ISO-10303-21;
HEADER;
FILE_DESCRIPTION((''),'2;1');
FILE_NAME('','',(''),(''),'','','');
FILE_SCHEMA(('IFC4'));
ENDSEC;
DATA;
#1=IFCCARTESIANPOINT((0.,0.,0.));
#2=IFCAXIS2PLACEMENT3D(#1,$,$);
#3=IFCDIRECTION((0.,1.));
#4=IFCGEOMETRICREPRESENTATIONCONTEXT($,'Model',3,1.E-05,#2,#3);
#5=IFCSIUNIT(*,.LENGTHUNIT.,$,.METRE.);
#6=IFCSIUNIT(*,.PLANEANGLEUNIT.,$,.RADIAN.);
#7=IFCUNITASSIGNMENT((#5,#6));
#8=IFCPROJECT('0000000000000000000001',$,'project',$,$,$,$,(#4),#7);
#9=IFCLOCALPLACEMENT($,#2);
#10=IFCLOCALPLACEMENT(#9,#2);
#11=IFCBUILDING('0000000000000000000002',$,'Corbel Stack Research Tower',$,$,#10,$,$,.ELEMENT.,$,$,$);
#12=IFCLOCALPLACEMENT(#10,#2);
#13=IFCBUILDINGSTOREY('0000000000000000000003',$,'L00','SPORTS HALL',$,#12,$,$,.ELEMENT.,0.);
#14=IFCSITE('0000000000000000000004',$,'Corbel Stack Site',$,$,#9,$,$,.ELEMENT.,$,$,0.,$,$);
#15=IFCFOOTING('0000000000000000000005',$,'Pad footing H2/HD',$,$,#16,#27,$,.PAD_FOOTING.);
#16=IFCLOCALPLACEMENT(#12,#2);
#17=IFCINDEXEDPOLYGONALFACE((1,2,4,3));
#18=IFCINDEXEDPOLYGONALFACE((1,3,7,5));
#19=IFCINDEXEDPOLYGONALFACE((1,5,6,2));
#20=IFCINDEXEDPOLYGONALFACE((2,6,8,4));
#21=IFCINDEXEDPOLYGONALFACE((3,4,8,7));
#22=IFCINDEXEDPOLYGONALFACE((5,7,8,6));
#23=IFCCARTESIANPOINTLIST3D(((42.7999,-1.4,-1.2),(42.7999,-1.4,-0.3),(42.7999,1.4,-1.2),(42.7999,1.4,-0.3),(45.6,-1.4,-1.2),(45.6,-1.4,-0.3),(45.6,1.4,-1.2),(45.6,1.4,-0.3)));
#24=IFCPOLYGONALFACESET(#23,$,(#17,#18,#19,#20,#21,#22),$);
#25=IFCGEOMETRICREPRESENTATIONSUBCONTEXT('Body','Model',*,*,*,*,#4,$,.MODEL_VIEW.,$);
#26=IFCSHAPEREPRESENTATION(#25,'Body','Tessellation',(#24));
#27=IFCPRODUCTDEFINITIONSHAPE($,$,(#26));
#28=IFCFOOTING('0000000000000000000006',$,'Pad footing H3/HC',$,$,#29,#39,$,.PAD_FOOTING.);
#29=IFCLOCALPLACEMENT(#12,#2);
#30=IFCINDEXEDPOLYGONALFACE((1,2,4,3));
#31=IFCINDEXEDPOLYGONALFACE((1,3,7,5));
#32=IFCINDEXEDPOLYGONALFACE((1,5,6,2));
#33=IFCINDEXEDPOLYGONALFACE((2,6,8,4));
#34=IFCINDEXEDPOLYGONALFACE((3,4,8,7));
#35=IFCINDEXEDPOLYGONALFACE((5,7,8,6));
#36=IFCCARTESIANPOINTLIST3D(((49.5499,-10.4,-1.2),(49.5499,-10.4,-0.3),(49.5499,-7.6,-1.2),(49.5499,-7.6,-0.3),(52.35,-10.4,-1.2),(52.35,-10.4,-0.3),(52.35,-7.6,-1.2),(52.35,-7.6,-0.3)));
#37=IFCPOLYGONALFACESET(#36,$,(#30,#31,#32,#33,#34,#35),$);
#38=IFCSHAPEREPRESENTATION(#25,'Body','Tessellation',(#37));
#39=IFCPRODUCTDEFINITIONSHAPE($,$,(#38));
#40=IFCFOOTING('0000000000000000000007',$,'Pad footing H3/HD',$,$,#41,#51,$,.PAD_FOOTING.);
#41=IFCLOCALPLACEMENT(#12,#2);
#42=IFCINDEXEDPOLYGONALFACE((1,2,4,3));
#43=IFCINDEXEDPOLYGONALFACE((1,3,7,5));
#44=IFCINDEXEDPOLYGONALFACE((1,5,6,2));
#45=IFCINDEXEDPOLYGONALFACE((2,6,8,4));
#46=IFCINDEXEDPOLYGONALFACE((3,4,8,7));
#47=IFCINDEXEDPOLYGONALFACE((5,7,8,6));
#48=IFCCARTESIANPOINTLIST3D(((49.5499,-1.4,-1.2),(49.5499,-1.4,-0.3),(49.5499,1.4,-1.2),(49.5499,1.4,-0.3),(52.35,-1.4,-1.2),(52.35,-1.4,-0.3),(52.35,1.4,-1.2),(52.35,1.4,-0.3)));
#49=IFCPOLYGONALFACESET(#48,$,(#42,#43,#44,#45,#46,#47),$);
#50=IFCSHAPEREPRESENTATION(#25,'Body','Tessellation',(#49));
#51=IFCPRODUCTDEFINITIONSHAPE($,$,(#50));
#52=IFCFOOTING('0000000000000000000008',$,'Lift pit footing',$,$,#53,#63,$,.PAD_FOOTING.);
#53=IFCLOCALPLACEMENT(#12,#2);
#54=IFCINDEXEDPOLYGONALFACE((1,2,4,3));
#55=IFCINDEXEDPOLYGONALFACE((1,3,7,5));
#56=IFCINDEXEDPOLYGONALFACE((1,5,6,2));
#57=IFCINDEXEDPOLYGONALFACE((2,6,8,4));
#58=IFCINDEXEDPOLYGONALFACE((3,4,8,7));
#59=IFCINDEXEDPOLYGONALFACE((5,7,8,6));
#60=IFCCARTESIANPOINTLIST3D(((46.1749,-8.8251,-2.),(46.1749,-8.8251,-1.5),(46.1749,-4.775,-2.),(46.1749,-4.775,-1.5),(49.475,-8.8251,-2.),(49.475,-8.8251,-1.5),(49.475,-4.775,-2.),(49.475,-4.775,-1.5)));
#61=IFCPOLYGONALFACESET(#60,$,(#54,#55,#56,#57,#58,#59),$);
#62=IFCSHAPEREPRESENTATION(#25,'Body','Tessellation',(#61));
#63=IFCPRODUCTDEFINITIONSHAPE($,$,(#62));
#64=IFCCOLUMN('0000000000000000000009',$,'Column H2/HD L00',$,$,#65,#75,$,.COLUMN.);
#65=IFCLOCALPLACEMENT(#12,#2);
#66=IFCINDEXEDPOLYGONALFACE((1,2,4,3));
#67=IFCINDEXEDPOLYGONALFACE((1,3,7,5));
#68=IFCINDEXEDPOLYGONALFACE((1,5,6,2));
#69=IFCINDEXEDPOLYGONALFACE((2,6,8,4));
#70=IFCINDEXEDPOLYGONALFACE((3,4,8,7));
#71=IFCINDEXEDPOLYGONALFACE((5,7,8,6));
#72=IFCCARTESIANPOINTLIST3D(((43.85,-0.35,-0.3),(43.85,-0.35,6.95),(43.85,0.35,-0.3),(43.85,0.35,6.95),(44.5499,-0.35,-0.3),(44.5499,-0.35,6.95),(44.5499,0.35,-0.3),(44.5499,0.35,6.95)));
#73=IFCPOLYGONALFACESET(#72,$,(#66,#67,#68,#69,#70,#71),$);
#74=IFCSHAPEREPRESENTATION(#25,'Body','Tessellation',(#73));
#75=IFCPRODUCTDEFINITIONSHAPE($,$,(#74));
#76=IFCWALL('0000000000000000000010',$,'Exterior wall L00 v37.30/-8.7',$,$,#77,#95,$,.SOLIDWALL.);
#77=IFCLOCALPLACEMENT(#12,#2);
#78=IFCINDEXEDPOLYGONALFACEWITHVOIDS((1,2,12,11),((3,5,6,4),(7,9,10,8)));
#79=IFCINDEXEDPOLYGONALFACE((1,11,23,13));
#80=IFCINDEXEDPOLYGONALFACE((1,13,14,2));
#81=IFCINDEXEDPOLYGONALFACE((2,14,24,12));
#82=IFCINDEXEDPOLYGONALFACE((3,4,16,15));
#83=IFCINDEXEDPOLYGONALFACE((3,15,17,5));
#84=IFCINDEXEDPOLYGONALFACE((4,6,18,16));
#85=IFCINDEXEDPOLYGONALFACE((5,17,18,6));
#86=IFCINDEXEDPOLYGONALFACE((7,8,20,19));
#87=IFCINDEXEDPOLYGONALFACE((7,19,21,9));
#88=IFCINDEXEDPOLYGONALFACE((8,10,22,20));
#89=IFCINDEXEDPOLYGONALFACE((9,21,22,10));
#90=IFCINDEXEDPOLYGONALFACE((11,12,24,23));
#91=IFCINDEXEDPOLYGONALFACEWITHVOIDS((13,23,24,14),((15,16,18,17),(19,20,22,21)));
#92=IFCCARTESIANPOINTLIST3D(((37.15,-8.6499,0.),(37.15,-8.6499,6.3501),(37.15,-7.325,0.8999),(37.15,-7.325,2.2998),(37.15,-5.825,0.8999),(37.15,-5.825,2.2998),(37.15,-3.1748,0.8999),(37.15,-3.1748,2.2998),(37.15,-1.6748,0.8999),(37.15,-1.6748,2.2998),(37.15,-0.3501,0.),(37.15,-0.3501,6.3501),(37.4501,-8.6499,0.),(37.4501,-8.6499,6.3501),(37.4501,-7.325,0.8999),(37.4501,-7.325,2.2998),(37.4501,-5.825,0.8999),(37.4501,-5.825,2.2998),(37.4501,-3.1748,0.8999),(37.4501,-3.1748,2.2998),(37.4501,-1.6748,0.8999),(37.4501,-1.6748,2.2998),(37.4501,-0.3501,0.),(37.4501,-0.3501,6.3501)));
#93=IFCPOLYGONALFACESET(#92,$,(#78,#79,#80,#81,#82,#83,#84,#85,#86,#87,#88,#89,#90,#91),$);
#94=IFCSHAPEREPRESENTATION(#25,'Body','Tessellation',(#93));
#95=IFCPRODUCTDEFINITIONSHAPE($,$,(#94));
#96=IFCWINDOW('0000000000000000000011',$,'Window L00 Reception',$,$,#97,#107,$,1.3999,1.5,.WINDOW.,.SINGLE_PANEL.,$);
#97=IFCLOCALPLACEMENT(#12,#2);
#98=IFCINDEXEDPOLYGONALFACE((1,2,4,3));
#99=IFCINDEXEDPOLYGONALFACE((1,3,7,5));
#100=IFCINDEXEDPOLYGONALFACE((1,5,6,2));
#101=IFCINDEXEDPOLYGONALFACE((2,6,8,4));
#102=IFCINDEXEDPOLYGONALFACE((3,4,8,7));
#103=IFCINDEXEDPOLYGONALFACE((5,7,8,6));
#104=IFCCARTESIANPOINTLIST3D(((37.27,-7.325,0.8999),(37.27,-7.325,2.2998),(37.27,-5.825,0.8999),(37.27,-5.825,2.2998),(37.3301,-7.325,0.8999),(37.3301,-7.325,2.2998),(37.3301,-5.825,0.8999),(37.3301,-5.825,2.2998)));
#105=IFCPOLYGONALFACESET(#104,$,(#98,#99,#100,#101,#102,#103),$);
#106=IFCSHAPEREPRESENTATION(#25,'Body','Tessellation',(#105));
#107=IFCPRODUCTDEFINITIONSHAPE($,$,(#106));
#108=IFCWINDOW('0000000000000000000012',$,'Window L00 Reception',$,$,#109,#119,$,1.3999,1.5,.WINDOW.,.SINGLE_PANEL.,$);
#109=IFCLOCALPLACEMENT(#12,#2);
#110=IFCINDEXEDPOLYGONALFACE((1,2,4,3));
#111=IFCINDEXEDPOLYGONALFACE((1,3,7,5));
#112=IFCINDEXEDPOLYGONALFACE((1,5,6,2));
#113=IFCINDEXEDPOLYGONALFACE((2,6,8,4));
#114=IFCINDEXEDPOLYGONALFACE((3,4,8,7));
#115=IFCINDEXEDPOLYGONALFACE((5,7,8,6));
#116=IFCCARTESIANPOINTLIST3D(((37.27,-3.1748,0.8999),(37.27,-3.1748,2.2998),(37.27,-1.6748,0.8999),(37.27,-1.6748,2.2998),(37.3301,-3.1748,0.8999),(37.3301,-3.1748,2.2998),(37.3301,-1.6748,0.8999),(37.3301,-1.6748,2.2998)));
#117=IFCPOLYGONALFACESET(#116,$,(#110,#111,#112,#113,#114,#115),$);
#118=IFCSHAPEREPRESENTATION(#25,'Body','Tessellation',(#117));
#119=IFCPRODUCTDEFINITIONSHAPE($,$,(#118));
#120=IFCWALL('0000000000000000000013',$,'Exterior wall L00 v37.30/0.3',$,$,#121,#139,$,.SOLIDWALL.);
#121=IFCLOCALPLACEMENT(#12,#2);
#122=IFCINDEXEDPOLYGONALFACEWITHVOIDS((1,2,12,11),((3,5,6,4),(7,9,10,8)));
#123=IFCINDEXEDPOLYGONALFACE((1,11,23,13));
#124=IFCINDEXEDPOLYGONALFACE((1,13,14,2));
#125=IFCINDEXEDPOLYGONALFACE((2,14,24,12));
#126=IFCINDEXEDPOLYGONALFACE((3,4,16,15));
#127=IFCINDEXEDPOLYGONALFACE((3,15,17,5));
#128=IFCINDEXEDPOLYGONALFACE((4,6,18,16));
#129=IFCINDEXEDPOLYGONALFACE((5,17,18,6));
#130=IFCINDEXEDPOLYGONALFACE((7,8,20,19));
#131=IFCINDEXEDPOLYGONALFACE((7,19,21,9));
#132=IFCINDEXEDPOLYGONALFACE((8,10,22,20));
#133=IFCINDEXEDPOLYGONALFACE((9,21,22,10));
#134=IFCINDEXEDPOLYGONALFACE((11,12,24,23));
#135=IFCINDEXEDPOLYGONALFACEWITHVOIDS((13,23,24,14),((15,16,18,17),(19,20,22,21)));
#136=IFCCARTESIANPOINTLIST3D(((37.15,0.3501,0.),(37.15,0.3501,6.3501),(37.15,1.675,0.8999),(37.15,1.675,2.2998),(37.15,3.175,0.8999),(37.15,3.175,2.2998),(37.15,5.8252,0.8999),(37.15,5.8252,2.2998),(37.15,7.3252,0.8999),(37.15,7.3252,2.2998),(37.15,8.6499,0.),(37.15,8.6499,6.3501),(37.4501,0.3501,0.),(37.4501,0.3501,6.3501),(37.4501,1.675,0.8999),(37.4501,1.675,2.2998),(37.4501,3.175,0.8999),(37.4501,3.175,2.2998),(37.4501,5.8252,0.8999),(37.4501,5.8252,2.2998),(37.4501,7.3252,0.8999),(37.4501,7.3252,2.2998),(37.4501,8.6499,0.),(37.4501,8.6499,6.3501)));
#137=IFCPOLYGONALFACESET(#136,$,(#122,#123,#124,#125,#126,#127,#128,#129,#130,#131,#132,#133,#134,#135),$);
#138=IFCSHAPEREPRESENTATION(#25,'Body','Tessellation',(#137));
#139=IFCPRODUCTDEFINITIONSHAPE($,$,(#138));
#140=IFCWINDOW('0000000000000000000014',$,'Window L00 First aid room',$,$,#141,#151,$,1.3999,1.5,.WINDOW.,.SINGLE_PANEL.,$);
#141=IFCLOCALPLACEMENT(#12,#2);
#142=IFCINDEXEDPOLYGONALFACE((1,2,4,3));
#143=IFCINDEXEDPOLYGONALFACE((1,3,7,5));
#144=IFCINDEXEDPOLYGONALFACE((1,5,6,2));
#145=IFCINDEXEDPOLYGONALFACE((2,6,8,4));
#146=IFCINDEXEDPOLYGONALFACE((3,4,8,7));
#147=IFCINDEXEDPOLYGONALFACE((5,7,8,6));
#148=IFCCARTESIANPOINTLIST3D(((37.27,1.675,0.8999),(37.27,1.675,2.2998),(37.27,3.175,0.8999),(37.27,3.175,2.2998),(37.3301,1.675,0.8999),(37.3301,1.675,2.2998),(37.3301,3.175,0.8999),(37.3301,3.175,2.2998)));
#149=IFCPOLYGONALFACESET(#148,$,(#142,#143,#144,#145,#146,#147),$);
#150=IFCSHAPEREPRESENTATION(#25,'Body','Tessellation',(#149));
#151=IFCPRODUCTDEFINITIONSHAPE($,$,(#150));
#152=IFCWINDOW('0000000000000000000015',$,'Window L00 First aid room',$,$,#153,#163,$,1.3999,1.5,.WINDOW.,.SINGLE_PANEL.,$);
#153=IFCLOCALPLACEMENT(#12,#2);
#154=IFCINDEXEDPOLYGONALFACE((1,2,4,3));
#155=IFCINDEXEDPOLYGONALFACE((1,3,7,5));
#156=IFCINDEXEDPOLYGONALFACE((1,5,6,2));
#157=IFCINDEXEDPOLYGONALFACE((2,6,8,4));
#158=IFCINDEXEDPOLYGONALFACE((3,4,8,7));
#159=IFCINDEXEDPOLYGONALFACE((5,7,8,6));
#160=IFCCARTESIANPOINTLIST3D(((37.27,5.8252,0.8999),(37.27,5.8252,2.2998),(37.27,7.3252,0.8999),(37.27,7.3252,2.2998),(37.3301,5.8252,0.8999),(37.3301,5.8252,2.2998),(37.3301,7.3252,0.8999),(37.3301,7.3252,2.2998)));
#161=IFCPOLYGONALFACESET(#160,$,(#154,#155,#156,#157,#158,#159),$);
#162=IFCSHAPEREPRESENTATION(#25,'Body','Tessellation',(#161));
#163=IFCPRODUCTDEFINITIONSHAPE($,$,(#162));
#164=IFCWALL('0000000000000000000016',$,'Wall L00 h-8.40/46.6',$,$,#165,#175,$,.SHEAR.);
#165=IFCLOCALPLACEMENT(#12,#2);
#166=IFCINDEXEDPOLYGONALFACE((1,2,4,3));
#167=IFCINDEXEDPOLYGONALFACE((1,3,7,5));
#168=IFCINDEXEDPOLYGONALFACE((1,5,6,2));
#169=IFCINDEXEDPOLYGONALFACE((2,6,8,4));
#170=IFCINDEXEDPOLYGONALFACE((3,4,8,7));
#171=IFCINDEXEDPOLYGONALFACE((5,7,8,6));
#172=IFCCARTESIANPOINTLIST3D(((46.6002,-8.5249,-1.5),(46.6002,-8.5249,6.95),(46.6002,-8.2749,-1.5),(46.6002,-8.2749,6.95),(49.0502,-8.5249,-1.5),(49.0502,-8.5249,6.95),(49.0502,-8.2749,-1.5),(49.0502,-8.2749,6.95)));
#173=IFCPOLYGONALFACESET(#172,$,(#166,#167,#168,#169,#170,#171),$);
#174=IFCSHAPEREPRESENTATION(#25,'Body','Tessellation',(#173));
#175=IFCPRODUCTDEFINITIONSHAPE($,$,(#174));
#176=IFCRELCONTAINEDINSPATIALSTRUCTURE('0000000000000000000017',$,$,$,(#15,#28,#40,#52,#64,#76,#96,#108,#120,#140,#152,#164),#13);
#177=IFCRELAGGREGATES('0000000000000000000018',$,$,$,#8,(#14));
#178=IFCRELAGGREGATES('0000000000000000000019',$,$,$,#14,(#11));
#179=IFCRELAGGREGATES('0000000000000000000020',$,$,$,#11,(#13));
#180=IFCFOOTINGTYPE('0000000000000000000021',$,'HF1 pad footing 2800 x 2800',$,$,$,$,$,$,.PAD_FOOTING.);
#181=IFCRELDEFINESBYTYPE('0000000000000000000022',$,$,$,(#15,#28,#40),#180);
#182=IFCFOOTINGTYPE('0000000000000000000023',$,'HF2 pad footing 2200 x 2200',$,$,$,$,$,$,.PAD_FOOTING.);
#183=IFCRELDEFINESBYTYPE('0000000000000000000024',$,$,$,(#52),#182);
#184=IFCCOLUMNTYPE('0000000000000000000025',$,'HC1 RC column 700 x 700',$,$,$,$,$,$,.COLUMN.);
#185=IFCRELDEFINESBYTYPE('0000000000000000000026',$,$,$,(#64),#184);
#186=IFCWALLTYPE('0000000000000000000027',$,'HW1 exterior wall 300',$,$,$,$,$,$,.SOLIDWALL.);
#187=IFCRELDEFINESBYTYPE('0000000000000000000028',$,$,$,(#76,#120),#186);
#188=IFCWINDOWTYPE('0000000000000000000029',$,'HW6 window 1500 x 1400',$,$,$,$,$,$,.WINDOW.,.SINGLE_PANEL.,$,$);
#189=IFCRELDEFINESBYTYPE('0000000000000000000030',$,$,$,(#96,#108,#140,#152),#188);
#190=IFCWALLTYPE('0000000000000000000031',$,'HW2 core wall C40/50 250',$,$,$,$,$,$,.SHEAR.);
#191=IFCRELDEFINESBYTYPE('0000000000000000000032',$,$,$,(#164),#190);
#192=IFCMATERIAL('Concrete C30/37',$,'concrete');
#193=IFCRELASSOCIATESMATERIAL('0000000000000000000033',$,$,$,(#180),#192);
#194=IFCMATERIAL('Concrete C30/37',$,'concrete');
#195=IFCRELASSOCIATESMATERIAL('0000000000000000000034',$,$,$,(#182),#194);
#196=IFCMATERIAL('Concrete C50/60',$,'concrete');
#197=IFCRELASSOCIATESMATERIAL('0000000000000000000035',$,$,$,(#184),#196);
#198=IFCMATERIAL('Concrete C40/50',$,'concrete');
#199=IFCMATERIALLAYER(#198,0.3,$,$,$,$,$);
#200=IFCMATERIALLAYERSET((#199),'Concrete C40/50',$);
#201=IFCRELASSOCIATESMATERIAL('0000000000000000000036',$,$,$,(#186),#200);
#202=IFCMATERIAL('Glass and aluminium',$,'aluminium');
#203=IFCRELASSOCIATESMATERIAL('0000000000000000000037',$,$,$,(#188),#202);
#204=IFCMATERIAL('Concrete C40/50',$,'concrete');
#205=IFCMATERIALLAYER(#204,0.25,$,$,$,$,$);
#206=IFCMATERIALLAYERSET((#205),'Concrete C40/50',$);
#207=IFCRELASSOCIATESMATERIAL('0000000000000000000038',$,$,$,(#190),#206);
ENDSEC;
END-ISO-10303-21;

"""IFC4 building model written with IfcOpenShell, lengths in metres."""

from ifc_helpers import new_model, si_unit, direction, frame, frame_2d, origin, origin_2d, place, context, subcontext, project, spatial, rectangle, extrude, material, layer, layer_set, material_profile, profile_set, type_object, element, fill, save


model = new_model("IFC4")

# Units and contexts
model_context = context("Model", 3, precision=1e-05, world=origin(), true_north=direction((0.0, 1.0)))
body_context = subcontext(model_context, "Body", "Model", "MODEL_VIEW")
ifc_project = project(units=[si_unit("LENGTHUNIT", "METRE"), si_unit("PLANEANGLEUNIT", "RADIAN")], contexts=[model_context])

# Site, building, storey
site_placement = place(None, origin())
site = spatial("IfcSite", under=ifc_project, at=site_placement, Name="Corbel Stack Site", CompositionType="ELEMENT", RefElevation=0.0)
building_placement = place(site_placement, origin())
building = spatial("IfcBuilding", under=site, at=building_placement, Name="Corbel Stack Research Tower", CompositionType="ELEMENT")
storey_placement = place(building_placement, origin())
storey = spatial("IfcBuildingStorey", under=building, at=storey_placement, Name="L00", Description="SPORTS HALL", CompositionType="ELEMENT", Elevation=0.0)

# Footings
ifc_material_1 = material(Name="Concrete C30/37", Category="concrete")
footing_type_1 = type_object("IfcFootingType", Name="HF1 pad footing 2800 x 2800", PredefinedType="PAD_FOOTING", material=ifc_material_1)
for number, where, z_axis, x_axis, name in (
    (1, (44.2, 0.0, -1.2), (0.0, 0.0, 1.0), (1.0, 0.0, 0.0), "Pad footing H2/HD"),
    (2, (50.95, -9.0, -1.2), (0.0, 0.0, 1.0), (1.0, 0.0, 0.0), "Pad footing H3/HC"),
    (3, (50.95, 0.0, -1.2), (0.0, 0.0, 1.0), (1.0, 0.0, 0.0), "Pad footing H3/HD"),
):
    element("IfcFooting", number, at=place(storey_placement, frame(where, z_axis=z_axis, x_axis=x_axis)), inside=storey, type_object=footing_type_1, Name=name, PredefinedType="PAD_FOOTING", context=body_context, shape_type="SweptSolid", body=[
        extrude(rectangle(XDim=2.8, YDim=2.8, at=origin_2d()), origin(), (0.0, 0.0, 1.0), 0.8999),
    ])
ifc_material_2 = material(Name="Concrete C30/37", Category="concrete")
footing_type_2 = type_object("IfcFootingType", Name="HF2 pad footing 2200 x 2200", PredefinedType="PAD_FOOTING", material=ifc_material_2)
footing_placement = place(storey_placement, frame((47.825, -6.8, -2.0), z_axis=(0.0, 0.0, 1.0), x_axis=(1.0, 0.0, 0.0)))
element("IfcFooting", 4, at=footing_placement, inside=storey, type_object=footing_type_2, Name="Lift pit footing", PredefinedType="PAD_FOOTING", context=body_context, shape_type="SweptSolid", body=[
    extrude(rectangle(XDim=3.3, YDim=4.05, at=origin_2d()), origin(), (0.0, 0.0, 1.0), 0.5),
])

# Column
ifc_material_3 = material(Name="Concrete C50/60", Category="concrete")
ifc_material_profile = material_profile(ifc_material_3, rectangle(XDim=0.7, YDim=0.7, at=origin_2d()), Name="RC 700 x 700")
ifc_profile_set = profile_set([ifc_material_profile], Name="Concrete C50/60")
column_type = type_object("IfcColumnType", Name="HC1 RC column 700 x 700", PredefinedType="COLUMN", material=ifc_profile_set)
column_placement = place(storey_placement, frame((44.2, 0.0, -0.3), z_axis=(0.0, 0.0, 1.0), x_axis=(1.0, 0.0, 0.0)))
element("IfcColumn", 5, at=column_placement, inside=storey, type_object=column_type, Name="Column H2/HD L00", PredefinedType="COLUMN", context=body_context, shape_type="SweptSolid", body=[
    extrude(rectangle(XDim=0.7, YDim=0.7, at=origin_2d()), origin(), (0.0, 0.0, 1.0), 7.25),
])

# Walls, openings, windows
ifc_material_4 = material(Name="Concrete C40/50", Category="concrete")
ifc_layer_1 = layer(ifc_material_4, 0.3)
ifc_layer_set_1 = layer_set([ifc_layer_1], Name="Concrete C40/50")
wall_type_1 = type_object("IfcWallType", Name="HW1 exterior wall 300", PredefinedType="SOLIDWALL", material=ifc_layer_set_1)
wall_1_placement = place(storey_placement, frame((37.3, -8.6499, 0.0), z_axis=(0.0, 0.0, 1.0), x_axis=(0.0, 1.0, 0.0)))
wall_1 = element("IfcWall", 6, at=wall_1_placement, inside=storey, type_object=wall_type_1, Name="Exterior wall L00 v37.30/-8.7", PredefinedType="SOLIDWALL", context=body_context, shape_type="SweptSolid", body=[
    extrude(rectangle(XDim=8.2998, YDim=0.3, at=frame_2d((4.1499, 0.0))), origin(), (0.0, 0.0, 1.0), 6.3501),
])
opening_1_placement = place(wall_1_placement, frame((1.325, 0.0, 0.8999)))
opening_1 = element("IfcOpeningElement", 7, at=opening_1_placement, cuts=wall_1, PredefinedType="OPENING", context=body_context, shape_type="SweptSolid", body=[
    extrude(rectangle(XDim=1.5, YDim=1.3999, at=frame_2d((0.75, 0.7))), frame((0.0, 0.1599, 0.0), z_axis=(0.0, -1.0, 0.0), x_axis=(1.0, 0.0, 0.0)), (0.0, 0.0, 1.0), 0.3201),
])
opening_2_placement = place(wall_1_placement, frame((5.4751, 0.0, 0.8999)))
opening_2 = element("IfcOpeningElement", 8, at=opening_2_placement, cuts=wall_1, PredefinedType="OPENING", context=body_context, shape_type="SweptSolid", body=[
    extrude(rectangle(XDim=1.5, YDim=1.3999, at=frame_2d((0.75, 0.7))), frame((0.0, 0.1599, 0.0), z_axis=(0.0, -1.0, 0.0), x_axis=(1.0, 0.0, 0.0)), (0.0, 0.0, 1.0), 0.3201),
])
ifc_material_5 = material(Name="Glass and aluminium", Category="aluminium")
window_type = type_object("IfcWindowType", Name="HW6 window 1500 x 1400", PartitioningType="SINGLE_PANEL", PredefinedType="WINDOW", material=ifc_material_5)
window_1_placement = place(opening_1_placement, origin())
window_1 = element("IfcWindow", 9, at=window_1_placement, inside=storey, type_object=window_type, Name="Window L00 Reception", OverallHeight=1.3999, OverallWidth=1.5, PartitioningType="SINGLE_PANEL", PredefinedType="WINDOW", context=body_context, shape_type="SweptSolid", body=[
    extrude(rectangle(XDim=1.5, YDim=1.3999, at=frame_2d((0.75, 0.7))), frame((0.0, 0.03, 0.0), z_axis=(0.0, -1.0, 0.0), x_axis=(1.0, 0.0, 0.0)), (0.0, 0.0, 1.0), 0.0601),
])
fill(opening_1, window_1)
window_2_placement = place(opening_2_placement, origin())
window_2 = element("IfcWindow", 10, at=window_2_placement, inside=storey, type_object=window_type, Name="Window L00 Reception", OverallHeight=1.3999, OverallWidth=1.5, PartitioningType="SINGLE_PANEL", PredefinedType="WINDOW", context=body_context, shape_type="SweptSolid", body=[
    extrude(rectangle(XDim=1.5, YDim=1.3999, at=frame_2d((0.75, 0.7))), frame((0.0, 0.03, 0.0), z_axis=(0.0, -1.0, 0.0), x_axis=(1.0, 0.0, 0.0)), (0.0, 0.0, 1.0), 0.0601),
])
fill(opening_2, window_2)
wall_2_placement = place(storey_placement, frame((37.3, 0.3501, 0.0), z_axis=(0.0, 0.0, 1.0), x_axis=(0.0, 1.0, 0.0)))
wall_2 = element("IfcWall", 11, at=wall_2_placement, inside=storey, type_object=wall_type_1, Name="Exterior wall L00 v37.30/0.3", PredefinedType="SOLIDWALL", context=body_context, shape_type="SweptSolid", body=[
    extrude(rectangle(XDim=8.2998, YDim=0.3, at=frame_2d((4.1499, 0.0))), origin(), (0.0, 0.0, 1.0), 6.3501),
])
opening_3_placement = place(wall_2_placement, frame((1.325, 0.0, 0.8999)))
opening_3 = element("IfcOpeningElement", 12, at=opening_3_placement, cuts=wall_2, PredefinedType="OPENING", context=body_context, shape_type="SweptSolid", body=[
    extrude(rectangle(XDim=1.5, YDim=1.3999, at=frame_2d((0.75, 0.7))), frame((0.0, 0.1599, 0.0), z_axis=(0.0, -1.0, 0.0), x_axis=(1.0, 0.0, 0.0)), (0.0, 0.0, 1.0), 0.3201),
])
opening_4_placement = place(wall_2_placement, frame((5.4751, 0.0, 0.8999)))
opening_4 = element("IfcOpeningElement", 13, at=opening_4_placement, cuts=wall_2, PredefinedType="OPENING", context=body_context, shape_type="SweptSolid", body=[
    extrude(rectangle(XDim=1.5, YDim=1.3999, at=frame_2d((0.75, 0.7))), frame((0.0, 0.1599, 0.0), z_axis=(0.0, -1.0, 0.0), x_axis=(1.0, 0.0, 0.0)), (0.0, 0.0, 1.0), 0.3201),
])
window_3_placement = place(opening_3_placement, origin())
window_3 = element("IfcWindow", 14, at=window_3_placement, inside=storey, type_object=window_type, Name="Window L00 First aid room", OverallHeight=1.3999, OverallWidth=1.5, PartitioningType="SINGLE_PANEL", PredefinedType="WINDOW", context=body_context, shape_type="SweptSolid", body=[
    extrude(rectangle(XDim=1.5, YDim=1.3999, at=frame_2d((0.75, 0.7))), frame((0.0, 0.03, 0.0), z_axis=(0.0, -1.0, 0.0), x_axis=(1.0, 0.0, 0.0)), (0.0, 0.0, 1.0), 0.0601),
])
fill(opening_3, window_3)
window_4_placement = place(opening_4_placement, origin())
window_4 = element("IfcWindow", 15, at=window_4_placement, inside=storey, type_object=window_type, Name="Window L00 First aid room", OverallHeight=1.3999, OverallWidth=1.5, PartitioningType="SINGLE_PANEL", PredefinedType="WINDOW", context=body_context, shape_type="SweptSolid", body=[
    extrude(rectangle(XDim=1.5, YDim=1.3999, at=frame_2d((0.75, 0.7))), frame((0.0, 0.03, 0.0), z_axis=(0.0, -1.0, 0.0), x_axis=(1.0, 0.0, 0.0)), (0.0, 0.0, 1.0), 0.0601),
])
fill(opening_4, window_4)

# Wall
ifc_material_6 = material(Name="Concrete C40/50", Category="concrete")
ifc_layer_2 = layer(ifc_material_6, 0.25)
ifc_layer_set_2 = layer_set([ifc_layer_2], Name="Concrete C40/50")
wall_type_2 = type_object("IfcWallType", Name="HW2 core wall C40/50 250", PredefinedType="SHEAR", material=ifc_layer_set_2)
wall_3_placement = place(storey_placement, frame((46.6001, -8.3999, -1.5), z_axis=(0.0, 0.0, 1.0), x_axis=(1.0, 0.0, 0.0)))
element("IfcWall", 16, at=wall_3_placement, inside=storey, type_object=wall_type_2, Name="Wall L00 h-8.40/46.6", PredefinedType="SHEAR", context=body_context, shape_type="SweptSolid", body=[
    extrude(rectangle(XDim=2.45, YDim=0.25, at=frame_2d((1.2251, 0.0))), origin(), (0.0, 0.0, 1.0), 8.45),
])

save(model, "model.ifc")
